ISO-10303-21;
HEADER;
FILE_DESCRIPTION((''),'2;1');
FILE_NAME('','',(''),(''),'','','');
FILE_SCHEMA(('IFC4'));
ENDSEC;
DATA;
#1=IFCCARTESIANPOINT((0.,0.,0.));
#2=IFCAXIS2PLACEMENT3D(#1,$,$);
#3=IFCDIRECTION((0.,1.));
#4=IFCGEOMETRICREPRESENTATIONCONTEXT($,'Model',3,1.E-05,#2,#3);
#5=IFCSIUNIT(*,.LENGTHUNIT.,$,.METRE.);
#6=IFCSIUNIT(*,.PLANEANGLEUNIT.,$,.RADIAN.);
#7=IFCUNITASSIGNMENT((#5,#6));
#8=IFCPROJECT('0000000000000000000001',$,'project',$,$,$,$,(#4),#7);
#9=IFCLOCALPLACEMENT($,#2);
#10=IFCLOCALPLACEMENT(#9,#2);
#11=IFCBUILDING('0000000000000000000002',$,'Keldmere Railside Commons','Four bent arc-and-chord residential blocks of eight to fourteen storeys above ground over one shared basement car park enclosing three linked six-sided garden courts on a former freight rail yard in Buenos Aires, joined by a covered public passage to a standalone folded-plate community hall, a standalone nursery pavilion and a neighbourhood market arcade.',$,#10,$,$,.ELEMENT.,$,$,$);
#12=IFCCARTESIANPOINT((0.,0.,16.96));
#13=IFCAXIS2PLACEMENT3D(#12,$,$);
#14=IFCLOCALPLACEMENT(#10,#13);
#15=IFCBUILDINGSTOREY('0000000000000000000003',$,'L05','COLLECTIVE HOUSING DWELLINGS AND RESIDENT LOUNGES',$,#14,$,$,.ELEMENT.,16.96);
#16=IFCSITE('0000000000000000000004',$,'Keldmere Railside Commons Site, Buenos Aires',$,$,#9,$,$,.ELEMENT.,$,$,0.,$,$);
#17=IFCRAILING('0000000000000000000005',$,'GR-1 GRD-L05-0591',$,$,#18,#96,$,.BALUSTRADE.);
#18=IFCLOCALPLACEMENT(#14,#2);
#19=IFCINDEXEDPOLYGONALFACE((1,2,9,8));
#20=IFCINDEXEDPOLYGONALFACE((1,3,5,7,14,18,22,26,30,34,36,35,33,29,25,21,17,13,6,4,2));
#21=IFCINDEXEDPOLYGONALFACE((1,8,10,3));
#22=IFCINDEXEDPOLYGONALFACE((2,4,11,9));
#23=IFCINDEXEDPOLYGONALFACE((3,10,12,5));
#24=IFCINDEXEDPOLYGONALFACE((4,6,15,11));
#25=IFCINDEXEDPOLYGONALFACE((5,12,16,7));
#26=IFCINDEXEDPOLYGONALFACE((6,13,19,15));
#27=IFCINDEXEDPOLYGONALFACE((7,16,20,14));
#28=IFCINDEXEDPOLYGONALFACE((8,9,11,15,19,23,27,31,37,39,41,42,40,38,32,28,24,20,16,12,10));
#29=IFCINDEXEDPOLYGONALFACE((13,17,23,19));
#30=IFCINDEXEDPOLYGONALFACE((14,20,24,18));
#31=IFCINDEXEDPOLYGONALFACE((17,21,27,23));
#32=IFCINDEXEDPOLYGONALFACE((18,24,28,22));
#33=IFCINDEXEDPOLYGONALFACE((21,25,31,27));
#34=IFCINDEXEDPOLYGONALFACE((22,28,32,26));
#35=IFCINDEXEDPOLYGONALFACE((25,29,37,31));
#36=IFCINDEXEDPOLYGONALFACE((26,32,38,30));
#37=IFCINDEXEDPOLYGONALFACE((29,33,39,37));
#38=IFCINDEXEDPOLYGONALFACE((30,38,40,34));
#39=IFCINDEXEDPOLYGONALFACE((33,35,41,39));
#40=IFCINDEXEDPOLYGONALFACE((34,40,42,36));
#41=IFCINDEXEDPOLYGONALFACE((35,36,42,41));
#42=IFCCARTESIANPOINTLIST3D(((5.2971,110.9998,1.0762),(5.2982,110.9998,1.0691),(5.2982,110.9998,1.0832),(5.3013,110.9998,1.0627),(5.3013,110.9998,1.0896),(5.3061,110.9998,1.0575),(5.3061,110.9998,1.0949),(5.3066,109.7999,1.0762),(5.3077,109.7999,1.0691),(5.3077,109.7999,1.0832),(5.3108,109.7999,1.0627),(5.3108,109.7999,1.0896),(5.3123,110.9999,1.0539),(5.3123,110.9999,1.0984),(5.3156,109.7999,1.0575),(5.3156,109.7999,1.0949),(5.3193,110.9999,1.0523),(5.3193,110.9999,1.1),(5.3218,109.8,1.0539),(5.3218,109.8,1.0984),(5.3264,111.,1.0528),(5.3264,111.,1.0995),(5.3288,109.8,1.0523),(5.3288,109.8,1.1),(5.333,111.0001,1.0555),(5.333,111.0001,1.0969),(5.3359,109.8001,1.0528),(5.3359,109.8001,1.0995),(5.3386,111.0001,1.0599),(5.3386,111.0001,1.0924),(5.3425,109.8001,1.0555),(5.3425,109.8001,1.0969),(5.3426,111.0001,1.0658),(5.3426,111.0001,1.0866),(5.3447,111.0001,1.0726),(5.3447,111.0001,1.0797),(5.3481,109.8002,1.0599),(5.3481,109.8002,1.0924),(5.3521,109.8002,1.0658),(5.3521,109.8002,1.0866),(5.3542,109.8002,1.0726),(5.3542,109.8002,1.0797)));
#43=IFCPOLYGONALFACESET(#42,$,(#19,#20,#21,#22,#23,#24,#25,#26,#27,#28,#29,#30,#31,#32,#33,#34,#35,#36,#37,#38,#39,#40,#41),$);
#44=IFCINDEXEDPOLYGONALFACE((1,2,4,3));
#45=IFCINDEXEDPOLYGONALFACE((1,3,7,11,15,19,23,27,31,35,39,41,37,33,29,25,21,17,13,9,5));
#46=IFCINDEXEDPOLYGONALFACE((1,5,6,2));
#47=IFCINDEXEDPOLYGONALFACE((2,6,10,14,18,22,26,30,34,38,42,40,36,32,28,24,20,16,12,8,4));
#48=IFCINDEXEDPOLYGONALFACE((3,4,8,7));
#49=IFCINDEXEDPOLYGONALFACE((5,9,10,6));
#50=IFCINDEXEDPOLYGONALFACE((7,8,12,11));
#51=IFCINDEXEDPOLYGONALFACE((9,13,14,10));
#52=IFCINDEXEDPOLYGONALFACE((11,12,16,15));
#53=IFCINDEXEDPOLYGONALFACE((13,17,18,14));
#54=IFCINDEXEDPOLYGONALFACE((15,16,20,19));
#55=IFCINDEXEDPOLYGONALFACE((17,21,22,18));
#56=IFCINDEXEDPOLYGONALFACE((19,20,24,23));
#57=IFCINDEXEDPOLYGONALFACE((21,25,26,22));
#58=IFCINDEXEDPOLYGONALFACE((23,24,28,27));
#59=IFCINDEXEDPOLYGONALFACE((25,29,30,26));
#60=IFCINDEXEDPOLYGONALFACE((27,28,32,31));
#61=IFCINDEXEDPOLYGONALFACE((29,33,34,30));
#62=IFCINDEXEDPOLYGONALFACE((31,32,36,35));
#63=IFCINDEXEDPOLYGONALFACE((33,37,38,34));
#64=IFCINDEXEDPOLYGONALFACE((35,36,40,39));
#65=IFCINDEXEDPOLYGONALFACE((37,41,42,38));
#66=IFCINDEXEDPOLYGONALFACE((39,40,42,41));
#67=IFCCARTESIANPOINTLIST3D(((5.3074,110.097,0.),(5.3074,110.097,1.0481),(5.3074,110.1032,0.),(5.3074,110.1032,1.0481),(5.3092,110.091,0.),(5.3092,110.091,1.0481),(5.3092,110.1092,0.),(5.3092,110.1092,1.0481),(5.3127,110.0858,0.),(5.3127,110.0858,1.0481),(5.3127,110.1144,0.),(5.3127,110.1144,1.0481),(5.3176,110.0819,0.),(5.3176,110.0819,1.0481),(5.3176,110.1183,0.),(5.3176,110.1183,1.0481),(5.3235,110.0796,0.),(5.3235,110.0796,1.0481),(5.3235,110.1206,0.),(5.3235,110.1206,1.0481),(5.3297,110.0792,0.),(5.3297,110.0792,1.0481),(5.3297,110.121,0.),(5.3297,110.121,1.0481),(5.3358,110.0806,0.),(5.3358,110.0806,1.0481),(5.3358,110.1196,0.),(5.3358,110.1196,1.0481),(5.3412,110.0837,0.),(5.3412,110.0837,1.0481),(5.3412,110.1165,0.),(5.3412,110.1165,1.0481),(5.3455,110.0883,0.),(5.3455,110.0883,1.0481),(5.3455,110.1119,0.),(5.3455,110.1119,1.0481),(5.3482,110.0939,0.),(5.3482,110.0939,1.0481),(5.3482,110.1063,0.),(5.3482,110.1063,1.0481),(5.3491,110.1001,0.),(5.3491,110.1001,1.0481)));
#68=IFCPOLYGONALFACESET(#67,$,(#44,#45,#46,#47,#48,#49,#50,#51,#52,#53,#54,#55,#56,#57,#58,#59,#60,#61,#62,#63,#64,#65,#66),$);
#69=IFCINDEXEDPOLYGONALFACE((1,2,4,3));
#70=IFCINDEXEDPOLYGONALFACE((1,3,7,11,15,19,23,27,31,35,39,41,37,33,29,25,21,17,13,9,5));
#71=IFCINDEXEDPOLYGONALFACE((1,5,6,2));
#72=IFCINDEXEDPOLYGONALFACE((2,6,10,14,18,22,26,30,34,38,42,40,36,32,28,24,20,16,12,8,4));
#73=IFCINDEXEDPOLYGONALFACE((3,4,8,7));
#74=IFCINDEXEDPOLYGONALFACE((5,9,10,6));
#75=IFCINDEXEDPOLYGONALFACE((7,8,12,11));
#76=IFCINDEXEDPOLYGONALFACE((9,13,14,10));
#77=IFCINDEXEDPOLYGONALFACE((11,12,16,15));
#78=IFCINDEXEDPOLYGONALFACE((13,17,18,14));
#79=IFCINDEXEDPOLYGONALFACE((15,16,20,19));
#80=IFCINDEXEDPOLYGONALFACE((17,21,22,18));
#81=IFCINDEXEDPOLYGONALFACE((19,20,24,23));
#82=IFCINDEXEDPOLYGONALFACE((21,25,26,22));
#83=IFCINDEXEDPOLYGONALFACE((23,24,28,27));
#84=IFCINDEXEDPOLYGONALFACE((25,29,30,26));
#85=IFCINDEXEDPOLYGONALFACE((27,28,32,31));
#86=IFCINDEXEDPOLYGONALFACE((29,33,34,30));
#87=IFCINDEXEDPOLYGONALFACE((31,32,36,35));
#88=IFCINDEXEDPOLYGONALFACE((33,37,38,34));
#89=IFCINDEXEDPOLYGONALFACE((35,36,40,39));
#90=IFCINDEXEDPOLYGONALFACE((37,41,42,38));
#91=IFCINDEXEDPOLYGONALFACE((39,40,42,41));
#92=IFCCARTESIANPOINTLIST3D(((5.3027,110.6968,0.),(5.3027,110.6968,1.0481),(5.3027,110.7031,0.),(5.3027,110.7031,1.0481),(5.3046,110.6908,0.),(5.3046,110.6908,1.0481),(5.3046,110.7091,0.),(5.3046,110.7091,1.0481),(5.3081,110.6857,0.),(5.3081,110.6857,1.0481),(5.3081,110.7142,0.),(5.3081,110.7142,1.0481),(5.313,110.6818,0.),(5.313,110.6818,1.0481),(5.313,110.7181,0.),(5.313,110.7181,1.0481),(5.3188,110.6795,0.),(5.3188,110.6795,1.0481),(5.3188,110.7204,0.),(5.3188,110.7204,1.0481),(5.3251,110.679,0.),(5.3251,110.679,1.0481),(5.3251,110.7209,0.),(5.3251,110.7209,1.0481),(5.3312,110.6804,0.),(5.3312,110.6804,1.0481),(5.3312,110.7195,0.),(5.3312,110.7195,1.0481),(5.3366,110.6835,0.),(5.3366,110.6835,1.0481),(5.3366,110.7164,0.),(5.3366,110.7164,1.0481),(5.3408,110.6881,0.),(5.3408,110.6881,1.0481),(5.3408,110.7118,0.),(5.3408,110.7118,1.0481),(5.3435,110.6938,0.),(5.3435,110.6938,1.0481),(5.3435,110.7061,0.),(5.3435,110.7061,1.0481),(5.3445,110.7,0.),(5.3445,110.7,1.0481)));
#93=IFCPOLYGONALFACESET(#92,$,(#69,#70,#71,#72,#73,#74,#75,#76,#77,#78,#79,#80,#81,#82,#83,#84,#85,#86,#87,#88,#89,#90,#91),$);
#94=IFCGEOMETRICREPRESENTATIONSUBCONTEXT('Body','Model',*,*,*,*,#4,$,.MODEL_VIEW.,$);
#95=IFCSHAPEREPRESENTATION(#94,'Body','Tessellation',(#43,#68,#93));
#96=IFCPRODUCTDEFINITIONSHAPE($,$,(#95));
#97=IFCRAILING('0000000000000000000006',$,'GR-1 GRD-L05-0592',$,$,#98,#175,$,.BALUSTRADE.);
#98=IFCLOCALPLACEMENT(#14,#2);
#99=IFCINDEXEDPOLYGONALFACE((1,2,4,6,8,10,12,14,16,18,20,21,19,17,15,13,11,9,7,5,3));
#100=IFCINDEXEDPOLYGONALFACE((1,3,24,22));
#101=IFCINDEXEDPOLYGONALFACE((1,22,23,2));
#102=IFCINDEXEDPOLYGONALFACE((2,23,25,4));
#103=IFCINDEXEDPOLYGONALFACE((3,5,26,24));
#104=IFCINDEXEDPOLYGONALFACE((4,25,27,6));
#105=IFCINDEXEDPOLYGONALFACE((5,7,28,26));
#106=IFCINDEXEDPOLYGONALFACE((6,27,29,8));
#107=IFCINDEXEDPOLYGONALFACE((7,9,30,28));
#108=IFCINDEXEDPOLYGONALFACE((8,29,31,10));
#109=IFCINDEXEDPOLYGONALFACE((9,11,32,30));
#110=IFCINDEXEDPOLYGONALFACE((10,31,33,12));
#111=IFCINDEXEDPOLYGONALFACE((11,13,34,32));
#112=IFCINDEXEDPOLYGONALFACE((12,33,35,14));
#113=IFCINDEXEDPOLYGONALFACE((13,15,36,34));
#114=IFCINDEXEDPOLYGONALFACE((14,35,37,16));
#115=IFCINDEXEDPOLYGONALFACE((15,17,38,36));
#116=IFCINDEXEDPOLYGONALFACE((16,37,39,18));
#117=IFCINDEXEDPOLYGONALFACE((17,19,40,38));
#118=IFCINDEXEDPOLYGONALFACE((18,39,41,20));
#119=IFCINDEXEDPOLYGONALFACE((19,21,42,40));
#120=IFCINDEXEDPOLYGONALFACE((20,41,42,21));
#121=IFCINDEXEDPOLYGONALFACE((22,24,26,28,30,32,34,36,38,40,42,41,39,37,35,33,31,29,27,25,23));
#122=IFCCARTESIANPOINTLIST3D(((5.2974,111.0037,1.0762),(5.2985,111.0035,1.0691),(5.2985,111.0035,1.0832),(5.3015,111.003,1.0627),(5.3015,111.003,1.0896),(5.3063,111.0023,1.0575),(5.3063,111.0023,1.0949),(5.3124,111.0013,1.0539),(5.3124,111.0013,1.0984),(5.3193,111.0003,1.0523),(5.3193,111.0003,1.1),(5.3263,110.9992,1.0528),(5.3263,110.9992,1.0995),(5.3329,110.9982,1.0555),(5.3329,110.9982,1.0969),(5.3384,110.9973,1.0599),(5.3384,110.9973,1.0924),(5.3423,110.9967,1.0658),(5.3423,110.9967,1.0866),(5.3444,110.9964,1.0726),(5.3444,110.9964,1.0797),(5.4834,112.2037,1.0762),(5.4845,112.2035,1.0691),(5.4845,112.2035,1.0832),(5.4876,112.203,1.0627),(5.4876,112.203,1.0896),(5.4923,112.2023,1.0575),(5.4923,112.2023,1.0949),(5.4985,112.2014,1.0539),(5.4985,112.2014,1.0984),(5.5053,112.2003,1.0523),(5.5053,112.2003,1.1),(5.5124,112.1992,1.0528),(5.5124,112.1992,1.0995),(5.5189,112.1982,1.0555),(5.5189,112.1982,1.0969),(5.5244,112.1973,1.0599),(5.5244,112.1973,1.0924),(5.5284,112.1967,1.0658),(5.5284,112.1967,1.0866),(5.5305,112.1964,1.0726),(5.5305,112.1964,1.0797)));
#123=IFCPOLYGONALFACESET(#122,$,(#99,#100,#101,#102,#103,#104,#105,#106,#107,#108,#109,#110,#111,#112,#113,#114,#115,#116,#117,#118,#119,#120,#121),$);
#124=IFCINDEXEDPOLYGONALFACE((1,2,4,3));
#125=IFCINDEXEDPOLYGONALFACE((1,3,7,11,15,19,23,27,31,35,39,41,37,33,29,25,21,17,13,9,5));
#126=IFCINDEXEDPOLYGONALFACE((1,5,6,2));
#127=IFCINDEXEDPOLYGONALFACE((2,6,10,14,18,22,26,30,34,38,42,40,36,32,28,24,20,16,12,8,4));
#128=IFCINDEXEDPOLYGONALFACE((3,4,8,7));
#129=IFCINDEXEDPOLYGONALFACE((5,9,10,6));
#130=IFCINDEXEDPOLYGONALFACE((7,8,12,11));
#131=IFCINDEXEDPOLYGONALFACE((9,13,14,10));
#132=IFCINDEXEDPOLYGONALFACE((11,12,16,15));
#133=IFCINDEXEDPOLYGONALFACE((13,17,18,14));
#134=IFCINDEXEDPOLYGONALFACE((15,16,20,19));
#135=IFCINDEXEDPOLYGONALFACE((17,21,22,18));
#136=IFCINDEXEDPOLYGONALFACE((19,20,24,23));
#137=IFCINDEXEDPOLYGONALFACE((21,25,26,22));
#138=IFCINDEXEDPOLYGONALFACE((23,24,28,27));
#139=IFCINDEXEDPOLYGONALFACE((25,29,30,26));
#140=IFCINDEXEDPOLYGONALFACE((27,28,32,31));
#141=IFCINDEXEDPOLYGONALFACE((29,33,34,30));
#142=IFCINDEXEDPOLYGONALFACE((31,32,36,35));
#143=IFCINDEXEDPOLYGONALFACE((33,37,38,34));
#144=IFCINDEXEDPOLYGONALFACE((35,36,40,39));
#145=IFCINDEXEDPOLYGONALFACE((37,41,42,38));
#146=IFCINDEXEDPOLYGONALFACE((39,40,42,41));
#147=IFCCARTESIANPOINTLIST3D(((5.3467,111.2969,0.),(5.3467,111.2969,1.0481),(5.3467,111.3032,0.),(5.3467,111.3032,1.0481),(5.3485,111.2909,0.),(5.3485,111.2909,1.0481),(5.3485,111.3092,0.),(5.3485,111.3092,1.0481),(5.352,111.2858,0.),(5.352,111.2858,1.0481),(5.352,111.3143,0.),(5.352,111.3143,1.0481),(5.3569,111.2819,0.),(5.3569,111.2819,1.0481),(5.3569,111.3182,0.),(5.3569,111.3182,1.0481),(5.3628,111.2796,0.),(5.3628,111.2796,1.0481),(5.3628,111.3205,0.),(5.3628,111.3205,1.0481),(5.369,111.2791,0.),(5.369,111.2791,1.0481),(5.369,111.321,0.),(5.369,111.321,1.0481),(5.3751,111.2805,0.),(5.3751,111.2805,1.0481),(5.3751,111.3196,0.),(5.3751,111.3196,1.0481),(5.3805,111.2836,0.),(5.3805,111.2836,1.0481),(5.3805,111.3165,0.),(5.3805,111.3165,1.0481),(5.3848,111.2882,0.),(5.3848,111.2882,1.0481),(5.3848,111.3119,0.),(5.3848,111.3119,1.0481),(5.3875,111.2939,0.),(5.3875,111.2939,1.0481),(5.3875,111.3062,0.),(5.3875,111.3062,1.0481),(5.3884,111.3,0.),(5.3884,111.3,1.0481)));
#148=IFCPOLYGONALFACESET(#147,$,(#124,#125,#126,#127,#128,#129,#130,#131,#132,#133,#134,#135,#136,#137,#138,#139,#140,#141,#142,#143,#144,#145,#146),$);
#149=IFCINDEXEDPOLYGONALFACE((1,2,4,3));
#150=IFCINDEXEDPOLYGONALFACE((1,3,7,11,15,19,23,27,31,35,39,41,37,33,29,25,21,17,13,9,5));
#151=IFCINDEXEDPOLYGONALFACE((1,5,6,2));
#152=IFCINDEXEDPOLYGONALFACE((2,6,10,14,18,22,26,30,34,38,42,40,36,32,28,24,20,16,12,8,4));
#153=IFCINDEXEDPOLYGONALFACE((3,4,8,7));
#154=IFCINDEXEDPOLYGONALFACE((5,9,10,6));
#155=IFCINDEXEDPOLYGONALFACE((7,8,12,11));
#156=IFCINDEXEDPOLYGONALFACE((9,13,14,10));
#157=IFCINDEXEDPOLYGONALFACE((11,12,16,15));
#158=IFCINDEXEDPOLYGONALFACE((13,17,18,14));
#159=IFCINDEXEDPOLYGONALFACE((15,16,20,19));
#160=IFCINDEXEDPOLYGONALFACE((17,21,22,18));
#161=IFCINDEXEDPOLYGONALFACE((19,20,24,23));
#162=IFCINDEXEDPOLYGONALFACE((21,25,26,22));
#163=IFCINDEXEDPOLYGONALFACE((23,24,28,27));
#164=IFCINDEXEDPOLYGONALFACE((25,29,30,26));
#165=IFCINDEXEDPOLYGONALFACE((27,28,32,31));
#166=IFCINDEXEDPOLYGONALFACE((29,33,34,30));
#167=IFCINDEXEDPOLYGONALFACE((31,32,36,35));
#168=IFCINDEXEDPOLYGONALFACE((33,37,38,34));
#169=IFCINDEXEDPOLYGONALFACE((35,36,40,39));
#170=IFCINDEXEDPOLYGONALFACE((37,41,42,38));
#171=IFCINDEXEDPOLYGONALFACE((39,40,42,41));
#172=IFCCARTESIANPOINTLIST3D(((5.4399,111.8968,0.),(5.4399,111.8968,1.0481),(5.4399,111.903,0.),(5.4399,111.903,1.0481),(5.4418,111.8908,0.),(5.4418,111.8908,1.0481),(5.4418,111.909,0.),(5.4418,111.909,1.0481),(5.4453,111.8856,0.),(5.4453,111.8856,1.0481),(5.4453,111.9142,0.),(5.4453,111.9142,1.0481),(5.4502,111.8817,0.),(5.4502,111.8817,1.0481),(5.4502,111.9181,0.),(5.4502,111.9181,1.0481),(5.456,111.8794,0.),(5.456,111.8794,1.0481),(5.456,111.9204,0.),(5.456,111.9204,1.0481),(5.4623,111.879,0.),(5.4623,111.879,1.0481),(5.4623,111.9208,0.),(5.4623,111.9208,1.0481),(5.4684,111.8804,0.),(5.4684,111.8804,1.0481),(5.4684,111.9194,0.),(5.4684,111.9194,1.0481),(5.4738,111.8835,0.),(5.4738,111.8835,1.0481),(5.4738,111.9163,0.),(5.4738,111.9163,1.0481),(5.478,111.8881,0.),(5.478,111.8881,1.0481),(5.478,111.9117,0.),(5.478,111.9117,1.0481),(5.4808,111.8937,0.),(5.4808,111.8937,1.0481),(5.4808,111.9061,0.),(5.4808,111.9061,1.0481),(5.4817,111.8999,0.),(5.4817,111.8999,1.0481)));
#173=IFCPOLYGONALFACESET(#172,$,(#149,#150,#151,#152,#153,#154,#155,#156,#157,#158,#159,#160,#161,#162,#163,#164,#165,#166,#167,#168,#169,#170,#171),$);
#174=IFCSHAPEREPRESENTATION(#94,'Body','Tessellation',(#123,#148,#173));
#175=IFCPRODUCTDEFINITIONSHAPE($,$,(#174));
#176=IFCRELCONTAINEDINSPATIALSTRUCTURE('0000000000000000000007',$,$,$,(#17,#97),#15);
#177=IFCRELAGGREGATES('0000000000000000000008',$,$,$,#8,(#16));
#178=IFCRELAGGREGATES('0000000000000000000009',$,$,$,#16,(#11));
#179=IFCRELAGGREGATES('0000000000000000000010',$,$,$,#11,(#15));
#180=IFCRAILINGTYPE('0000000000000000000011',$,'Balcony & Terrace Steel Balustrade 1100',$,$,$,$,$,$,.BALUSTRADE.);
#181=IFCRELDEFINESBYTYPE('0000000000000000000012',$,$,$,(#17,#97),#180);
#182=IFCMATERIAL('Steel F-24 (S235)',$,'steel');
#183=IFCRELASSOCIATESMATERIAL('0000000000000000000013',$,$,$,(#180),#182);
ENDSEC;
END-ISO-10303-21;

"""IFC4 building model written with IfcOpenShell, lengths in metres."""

from ifc_helpers import new_model, si_unit, direction, frame, origin, origin_2d, place, context, subcontext, project, spatial, circle, extrude, material, type_object, element, save


model = new_model("IFC4")

# Units and contexts
model_context = context("Model", 3, precision=1e-05, world=origin(), true_north=direction((0.0, 1.0)))
body_context = subcontext(model_context, "Body", "Model", "MODEL_VIEW")
ifc_project = project(units=[si_unit("LENGTHUNIT", "METRE"), si_unit("PLANEANGLEUNIT", "RADIAN")], contexts=[model_context])

# Site, building, storey
site_placement = place(None, origin())
site = spatial("IfcSite", under=ifc_project, at=site_placement, Name="Keldmere Railside Commons Site, Buenos Aires", CompositionType="ELEMENT", RefElevation=0.0)
building_placement = place(site_placement, origin())
building = spatial("IfcBuilding", under=site, at=building_placement, Name="Keldmere Railside Commons", Description="Four bent arc-and-chord residential blocks of eight to fourteen storeys above ground over one shared basement car park enclosing three linked six-sided garden courts on a former freight rail yard in Buenos Aires, joined by a covered public passage to a standalone folded-plate community hall, a standalone nursery pavilion and a neighbourhood market arcade.", CompositionType="ELEMENT")
storey_placement = place(building_placement, frame((0.0, 0.0, 16.96)))
storey = spatial("IfcBuildingStorey", under=building, at=storey_placement, Name="L05", Description="COLLECTIVE HOUSING DWELLINGS AND RESIDENT LOUNGES", CompositionType="ELEMENT", Elevation=16.96)

# Railings
ifc_material_1 = material(Name="Steel F-24 (S235)", Category="steel")
railing_type = type_object("IfcRailingType", Name="Balcony & Terrace Steel Balustrade 1100", PredefinedType="BALUSTRADE", material=ifc_material_1)
railing_1_placement = place(storey_placement, frame((5.3306, 109.8, 0.0)))
element("IfcRailing", 1, at=railing_1_placement, inside=storey, type_object=railing_type, Name="GR-1 GRD-L05-0591", PredefinedType="BALUSTRADE", context=body_context, shape_type="SweptSolid", body=[
    extrude(circle(Radius=0.0239, at=origin_2d()), frame((0.0, 0.0, 1.0762), z_axis=(-0.007935, 0.999969, 0.0), x_axis=(-0.999969, -0.007935, 0.0)), (0.0, 0.0, 1.0), 1.2),
    extrude(circle(Radius=0.021, at=origin_2d()), frame((-0.0024, 0.3, 0.0)), (0.0, 0.0, 1.0), 1.0481),
    extrude(circle(Radius=0.021, at=origin_2d()), frame((-0.0071, 0.8999, 0.0)), (0.0, 0.0, 1.0), 1.0481),
])
railing_2_placement = place(storey_placement, frame((5.321, 111.0, 0.0)))
element("IfcRailing", 2, at=railing_2_placement, inside=storey, type_object=railing_type, Name="GR-1 GRD-L05-0592", PredefinedType="BALUSTRADE", context=body_context, shape_type="SweptSolid", body=[
    extrude(circle(Radius=0.0239, at=origin_2d()), frame((0.0, 0.0, 1.0762), z_axis=(0.153205, 0.988194, 0.0), x_axis=(-0.988194, 0.153205, 0.0)), (0.0, 0.0, 1.0), 1.2144),
    extrude(circle(Radius=0.021, at=origin_2d()), frame((0.0464, 0.3, 0.0)), (0.0, 0.0, 1.0), 1.0481),
    extrude(circle(Radius=0.021, at=origin_2d()), frame((0.1396, 0.8999, 0.0)), (0.0, 0.0, 1.0), 1.0481),
])

save(model, "model.ifc")
